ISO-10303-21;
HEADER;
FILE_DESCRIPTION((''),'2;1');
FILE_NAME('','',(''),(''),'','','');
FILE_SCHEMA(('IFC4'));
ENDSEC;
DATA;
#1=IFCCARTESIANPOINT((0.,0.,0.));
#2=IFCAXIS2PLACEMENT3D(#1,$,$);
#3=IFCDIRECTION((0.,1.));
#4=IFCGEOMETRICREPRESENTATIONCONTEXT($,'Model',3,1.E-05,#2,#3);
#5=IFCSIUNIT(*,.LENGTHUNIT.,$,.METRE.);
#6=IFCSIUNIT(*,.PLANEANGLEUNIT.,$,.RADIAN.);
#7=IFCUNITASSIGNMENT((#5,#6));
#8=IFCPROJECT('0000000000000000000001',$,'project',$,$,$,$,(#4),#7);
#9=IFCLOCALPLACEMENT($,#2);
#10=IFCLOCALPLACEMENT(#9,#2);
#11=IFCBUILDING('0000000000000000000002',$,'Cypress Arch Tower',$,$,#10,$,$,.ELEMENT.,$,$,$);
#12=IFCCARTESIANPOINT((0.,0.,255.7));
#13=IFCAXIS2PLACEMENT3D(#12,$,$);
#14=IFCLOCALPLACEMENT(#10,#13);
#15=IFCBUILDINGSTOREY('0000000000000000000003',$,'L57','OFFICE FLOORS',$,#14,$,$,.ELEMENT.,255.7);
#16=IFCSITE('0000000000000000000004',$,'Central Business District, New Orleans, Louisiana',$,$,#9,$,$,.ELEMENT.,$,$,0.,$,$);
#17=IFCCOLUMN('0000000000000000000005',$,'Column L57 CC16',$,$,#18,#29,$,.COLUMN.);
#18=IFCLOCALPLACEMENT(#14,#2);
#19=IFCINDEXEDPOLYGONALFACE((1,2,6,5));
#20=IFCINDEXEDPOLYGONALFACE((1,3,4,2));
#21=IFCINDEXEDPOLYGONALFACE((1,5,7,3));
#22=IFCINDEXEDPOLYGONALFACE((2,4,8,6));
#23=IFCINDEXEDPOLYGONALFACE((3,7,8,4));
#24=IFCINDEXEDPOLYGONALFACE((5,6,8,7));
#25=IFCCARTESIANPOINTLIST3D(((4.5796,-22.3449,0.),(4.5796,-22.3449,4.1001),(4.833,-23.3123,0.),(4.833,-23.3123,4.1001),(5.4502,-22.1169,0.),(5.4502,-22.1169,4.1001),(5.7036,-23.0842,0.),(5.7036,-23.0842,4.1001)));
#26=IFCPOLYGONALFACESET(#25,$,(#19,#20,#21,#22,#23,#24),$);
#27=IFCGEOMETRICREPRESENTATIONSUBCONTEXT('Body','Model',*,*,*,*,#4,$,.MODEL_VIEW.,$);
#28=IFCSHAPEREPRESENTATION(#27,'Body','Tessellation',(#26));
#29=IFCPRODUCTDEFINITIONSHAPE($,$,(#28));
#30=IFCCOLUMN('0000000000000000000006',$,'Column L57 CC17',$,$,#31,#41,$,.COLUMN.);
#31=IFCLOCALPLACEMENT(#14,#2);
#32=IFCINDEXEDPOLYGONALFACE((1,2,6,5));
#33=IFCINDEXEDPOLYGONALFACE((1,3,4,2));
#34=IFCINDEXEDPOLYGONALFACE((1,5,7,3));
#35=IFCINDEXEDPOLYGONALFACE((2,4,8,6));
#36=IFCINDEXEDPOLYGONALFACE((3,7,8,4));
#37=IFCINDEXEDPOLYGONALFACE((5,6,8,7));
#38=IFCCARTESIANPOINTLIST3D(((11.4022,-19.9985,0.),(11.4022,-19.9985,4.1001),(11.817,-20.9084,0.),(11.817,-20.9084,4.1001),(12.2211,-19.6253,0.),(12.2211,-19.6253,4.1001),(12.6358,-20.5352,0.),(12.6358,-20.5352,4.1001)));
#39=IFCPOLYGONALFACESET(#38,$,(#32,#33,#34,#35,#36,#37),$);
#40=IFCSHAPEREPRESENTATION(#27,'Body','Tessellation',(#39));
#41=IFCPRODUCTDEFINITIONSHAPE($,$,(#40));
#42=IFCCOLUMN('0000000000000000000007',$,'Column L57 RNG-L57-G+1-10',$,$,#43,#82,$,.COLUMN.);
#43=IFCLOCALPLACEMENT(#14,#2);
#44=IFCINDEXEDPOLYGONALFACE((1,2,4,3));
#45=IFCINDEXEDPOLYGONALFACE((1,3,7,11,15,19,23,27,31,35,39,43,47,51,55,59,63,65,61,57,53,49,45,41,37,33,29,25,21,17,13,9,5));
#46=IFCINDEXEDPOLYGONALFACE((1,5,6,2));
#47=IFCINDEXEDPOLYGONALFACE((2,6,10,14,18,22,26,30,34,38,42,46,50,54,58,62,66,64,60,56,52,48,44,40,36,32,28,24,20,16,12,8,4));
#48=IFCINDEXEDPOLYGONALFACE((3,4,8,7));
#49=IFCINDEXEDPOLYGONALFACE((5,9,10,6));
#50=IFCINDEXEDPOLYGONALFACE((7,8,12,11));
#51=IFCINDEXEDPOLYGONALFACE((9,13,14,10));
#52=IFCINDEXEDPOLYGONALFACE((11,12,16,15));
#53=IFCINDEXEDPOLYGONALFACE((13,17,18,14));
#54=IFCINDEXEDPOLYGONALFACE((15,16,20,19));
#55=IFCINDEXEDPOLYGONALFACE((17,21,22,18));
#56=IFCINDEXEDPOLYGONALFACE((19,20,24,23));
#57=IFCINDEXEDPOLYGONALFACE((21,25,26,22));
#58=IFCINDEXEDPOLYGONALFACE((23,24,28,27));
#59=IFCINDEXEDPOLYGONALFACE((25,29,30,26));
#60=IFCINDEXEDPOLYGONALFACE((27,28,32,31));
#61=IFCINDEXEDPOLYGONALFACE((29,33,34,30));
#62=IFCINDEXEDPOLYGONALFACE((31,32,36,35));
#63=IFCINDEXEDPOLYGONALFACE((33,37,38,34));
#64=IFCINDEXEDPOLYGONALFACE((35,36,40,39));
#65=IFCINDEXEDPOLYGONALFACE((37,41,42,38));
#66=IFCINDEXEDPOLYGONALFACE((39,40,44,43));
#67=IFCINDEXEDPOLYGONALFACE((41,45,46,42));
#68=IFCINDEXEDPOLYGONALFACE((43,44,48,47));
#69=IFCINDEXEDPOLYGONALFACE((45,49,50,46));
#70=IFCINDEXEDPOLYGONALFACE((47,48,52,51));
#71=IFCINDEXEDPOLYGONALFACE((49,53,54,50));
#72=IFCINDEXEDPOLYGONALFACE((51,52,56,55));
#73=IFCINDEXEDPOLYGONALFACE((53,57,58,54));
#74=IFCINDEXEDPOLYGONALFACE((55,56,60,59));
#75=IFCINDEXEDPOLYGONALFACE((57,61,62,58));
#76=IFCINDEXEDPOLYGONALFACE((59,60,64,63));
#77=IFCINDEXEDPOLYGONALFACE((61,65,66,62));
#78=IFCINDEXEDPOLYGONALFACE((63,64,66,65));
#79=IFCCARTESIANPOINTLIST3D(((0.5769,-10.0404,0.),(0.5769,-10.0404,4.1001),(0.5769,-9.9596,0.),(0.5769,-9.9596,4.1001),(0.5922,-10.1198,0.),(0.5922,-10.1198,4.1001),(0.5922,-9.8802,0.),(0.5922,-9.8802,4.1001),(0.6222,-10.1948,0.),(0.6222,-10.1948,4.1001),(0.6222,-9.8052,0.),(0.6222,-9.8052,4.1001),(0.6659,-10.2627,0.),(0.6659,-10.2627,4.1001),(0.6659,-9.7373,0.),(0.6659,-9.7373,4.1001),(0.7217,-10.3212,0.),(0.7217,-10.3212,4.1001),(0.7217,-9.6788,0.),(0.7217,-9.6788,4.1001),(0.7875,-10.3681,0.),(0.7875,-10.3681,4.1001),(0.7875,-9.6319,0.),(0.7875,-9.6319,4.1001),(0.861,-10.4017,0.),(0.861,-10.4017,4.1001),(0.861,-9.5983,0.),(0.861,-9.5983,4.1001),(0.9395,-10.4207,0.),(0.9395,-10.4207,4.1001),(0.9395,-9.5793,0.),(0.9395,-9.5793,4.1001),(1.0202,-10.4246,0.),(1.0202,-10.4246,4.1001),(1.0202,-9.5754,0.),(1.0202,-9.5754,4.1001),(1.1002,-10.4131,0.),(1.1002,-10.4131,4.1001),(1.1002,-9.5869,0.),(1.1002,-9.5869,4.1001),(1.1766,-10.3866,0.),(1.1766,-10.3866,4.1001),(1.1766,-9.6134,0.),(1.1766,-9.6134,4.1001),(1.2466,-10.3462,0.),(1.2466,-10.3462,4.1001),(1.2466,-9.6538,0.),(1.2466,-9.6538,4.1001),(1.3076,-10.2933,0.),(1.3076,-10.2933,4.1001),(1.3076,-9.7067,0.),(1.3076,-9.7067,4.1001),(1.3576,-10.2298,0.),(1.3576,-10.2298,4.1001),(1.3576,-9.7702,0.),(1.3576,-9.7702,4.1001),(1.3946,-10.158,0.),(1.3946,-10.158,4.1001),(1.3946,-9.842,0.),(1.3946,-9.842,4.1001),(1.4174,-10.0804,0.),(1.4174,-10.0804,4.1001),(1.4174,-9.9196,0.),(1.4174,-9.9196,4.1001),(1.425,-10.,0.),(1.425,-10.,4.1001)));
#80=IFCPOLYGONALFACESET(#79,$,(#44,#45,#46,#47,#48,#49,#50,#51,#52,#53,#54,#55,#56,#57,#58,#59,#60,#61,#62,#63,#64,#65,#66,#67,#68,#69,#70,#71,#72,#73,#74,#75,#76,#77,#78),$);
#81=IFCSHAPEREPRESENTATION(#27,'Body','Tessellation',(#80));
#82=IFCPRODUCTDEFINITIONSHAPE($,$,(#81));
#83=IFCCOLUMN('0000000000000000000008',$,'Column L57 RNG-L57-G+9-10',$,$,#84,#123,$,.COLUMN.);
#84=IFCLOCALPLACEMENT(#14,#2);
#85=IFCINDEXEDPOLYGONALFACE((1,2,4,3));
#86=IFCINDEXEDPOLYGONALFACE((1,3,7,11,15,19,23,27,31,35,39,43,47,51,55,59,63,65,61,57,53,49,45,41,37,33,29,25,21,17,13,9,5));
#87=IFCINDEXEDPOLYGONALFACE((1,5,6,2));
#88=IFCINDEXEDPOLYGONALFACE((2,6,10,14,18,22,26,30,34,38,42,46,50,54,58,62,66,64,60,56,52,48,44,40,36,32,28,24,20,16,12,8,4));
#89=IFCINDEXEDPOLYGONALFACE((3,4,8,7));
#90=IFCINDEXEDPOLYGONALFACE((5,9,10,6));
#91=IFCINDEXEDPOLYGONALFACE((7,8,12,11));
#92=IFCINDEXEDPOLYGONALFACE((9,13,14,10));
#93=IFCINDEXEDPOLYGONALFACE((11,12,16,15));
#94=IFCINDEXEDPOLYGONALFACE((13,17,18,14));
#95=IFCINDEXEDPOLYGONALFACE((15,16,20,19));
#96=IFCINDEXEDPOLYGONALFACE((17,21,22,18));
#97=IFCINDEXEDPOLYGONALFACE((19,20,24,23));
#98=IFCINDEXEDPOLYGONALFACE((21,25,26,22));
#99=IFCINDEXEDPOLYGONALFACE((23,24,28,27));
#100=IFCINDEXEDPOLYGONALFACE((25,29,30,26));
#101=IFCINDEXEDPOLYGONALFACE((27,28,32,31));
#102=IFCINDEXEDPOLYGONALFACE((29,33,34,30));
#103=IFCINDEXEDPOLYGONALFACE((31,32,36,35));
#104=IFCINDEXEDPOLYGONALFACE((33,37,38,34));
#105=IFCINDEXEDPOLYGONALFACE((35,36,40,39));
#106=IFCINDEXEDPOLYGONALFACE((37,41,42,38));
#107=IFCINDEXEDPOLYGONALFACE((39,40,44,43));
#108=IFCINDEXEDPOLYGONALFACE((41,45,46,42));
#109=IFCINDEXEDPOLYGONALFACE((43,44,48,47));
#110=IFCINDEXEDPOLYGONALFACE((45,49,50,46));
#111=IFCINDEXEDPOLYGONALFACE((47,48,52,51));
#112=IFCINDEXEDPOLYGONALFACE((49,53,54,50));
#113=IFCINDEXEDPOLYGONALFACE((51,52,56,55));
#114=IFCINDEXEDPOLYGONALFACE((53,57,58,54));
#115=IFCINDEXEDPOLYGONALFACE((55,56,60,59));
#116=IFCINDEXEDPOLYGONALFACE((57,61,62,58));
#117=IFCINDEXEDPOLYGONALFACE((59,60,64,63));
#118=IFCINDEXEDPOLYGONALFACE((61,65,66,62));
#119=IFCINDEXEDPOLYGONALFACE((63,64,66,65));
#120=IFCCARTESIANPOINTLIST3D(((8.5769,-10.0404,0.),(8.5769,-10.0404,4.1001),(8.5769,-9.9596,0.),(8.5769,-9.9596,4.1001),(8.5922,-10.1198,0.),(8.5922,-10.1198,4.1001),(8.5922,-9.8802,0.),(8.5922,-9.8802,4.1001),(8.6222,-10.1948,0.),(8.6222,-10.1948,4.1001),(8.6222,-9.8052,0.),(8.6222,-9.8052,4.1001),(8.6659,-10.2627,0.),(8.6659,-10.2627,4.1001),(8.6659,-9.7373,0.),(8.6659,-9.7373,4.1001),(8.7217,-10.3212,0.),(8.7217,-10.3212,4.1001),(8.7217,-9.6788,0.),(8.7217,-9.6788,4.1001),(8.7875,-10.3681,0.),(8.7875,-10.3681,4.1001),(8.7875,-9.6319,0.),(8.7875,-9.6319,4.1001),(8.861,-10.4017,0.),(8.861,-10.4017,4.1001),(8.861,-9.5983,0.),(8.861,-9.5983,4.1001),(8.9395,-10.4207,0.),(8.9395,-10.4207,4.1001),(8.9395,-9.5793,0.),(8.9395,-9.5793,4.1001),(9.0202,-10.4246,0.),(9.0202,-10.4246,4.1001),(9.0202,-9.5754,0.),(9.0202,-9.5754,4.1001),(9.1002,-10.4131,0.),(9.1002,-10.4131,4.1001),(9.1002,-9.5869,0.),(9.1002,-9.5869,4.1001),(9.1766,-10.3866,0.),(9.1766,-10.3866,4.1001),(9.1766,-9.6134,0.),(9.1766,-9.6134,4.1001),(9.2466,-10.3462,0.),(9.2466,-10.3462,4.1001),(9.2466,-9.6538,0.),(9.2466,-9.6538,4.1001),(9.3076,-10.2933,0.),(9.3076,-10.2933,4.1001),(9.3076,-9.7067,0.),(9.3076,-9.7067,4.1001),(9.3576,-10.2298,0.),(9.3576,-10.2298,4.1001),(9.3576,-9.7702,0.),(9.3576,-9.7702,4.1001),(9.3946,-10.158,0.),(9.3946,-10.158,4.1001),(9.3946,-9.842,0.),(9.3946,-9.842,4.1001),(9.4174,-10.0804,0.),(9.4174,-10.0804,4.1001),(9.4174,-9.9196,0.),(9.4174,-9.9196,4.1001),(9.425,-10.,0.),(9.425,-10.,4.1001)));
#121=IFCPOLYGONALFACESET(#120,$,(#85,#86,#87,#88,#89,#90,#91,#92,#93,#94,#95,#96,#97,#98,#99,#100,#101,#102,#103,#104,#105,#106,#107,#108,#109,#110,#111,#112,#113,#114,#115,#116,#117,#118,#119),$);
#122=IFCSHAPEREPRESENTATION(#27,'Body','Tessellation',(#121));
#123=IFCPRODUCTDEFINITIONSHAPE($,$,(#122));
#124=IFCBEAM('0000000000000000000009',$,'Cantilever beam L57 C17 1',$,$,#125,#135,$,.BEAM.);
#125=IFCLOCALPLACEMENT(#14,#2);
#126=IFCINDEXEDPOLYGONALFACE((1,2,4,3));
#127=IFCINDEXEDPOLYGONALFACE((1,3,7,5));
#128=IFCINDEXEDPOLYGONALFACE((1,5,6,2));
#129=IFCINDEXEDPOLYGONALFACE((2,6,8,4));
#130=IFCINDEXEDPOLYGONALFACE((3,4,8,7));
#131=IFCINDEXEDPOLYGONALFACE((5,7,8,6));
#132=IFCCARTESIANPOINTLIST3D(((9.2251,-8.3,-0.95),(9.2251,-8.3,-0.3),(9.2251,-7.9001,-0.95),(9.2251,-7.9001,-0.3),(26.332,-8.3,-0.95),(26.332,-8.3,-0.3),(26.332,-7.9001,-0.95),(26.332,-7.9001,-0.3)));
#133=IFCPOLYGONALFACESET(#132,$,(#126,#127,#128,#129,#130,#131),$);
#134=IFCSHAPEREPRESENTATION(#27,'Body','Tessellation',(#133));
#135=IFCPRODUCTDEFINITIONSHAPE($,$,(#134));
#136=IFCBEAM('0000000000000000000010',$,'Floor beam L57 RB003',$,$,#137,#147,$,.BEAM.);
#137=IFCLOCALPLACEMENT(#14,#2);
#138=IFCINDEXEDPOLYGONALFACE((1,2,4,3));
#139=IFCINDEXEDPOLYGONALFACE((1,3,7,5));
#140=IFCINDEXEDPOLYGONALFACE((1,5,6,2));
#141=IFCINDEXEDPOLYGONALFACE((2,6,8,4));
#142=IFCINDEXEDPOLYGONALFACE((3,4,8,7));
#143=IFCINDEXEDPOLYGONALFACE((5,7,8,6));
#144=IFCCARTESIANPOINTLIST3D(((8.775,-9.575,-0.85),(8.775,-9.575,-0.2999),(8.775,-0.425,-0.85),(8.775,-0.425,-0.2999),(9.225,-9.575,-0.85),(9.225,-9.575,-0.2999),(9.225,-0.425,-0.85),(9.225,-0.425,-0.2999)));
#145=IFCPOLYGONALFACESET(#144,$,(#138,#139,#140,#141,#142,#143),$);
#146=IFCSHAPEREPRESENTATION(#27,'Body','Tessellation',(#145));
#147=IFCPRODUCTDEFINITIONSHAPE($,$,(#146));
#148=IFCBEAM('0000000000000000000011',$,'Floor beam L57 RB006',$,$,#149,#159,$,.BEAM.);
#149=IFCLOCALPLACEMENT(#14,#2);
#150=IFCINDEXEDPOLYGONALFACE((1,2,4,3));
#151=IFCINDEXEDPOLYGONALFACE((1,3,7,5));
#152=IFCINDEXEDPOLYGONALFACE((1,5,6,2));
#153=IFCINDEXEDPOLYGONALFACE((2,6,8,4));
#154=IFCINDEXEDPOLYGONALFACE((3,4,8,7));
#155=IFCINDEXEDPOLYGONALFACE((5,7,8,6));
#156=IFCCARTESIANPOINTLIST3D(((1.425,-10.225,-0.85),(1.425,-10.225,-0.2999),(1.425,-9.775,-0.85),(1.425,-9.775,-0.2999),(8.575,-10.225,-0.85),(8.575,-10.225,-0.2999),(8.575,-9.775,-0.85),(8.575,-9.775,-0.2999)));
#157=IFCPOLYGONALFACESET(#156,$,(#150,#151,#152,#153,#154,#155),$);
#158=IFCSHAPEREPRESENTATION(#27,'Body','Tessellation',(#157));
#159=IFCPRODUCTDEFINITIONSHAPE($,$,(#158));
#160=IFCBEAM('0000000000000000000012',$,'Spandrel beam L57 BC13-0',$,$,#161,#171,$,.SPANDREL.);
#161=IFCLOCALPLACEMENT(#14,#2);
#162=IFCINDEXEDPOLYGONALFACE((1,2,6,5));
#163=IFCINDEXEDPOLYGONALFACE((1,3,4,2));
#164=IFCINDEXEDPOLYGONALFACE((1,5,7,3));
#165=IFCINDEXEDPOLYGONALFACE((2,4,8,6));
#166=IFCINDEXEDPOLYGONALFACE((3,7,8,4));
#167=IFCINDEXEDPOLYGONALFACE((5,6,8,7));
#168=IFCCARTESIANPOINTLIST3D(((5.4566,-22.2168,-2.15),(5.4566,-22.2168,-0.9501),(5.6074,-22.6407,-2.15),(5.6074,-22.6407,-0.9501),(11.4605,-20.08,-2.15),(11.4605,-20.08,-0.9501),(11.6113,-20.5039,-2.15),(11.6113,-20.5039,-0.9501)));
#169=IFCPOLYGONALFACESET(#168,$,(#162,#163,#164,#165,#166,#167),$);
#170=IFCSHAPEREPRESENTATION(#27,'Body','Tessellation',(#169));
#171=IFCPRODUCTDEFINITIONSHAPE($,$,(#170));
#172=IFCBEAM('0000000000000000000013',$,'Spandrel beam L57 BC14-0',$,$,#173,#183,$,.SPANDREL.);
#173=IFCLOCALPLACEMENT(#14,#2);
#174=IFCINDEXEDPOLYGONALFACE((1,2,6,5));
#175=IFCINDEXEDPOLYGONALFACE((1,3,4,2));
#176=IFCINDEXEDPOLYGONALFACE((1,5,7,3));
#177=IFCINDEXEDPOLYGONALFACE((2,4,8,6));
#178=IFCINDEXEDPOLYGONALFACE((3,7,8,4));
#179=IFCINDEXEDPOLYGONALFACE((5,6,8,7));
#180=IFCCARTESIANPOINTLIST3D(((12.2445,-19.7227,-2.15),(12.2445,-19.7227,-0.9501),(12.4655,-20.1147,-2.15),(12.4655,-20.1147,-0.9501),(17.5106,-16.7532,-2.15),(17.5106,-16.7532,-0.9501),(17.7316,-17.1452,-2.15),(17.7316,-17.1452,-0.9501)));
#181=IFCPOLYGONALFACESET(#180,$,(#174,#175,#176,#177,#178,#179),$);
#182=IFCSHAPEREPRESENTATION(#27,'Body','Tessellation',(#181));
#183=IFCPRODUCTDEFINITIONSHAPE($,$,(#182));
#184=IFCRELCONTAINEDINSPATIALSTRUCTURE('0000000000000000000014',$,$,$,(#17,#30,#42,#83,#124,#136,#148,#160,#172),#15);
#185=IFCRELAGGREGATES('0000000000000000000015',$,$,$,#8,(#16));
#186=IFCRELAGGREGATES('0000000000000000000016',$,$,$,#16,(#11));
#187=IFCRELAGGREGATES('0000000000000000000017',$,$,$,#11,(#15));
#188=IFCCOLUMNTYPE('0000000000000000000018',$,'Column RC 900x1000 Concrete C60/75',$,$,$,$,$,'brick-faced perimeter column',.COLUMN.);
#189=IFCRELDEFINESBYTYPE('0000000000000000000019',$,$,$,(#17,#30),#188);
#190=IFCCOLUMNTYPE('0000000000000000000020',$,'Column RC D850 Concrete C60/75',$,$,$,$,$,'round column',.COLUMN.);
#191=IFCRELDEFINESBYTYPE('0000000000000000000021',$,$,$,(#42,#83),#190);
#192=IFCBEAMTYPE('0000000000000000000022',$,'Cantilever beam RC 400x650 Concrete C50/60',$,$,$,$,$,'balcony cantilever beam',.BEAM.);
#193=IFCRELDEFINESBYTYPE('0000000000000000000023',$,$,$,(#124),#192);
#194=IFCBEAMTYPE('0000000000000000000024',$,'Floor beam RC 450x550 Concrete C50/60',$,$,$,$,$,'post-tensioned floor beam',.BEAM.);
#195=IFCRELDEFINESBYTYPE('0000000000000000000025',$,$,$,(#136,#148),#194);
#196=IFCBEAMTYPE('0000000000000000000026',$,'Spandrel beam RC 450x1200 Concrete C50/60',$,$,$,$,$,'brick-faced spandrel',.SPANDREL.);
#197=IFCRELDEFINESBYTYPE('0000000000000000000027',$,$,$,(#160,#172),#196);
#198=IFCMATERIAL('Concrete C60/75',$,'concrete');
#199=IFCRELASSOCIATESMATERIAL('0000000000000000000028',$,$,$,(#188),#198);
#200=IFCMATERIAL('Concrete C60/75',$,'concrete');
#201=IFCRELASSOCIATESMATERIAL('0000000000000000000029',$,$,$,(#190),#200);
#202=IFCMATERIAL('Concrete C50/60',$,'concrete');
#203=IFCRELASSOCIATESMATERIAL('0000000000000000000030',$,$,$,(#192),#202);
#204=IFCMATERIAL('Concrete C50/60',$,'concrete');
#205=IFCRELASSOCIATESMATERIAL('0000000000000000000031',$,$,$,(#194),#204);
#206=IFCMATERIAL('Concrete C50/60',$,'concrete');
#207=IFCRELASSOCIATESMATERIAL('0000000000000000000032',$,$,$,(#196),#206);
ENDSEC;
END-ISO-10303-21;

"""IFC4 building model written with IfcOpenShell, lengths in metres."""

from ifc_helpers import new_model, si_unit, direction, frame, origin, origin_2d, place, context, subcontext, project, spatial, rectangle, circle, extrude, material, material_profile, profile_set, type_object, element, save


model = new_model("IFC4")

# Units and contexts
model_context = context("Model", 3, precision=1e-05, world=origin(), true_north=direction((0.0, 1.0)))
body_context = subcontext(model_context, "Body", "Model", "MODEL_VIEW")
ifc_project = project(units=[si_unit("LENGTHUNIT", "METRE"), si_unit("PLANEANGLEUNIT", "RADIAN")], contexts=[model_context])

# Site, building, storey
site_placement = place(None, origin())
site = spatial("IfcSite", under=ifc_project, at=site_placement, Name="Central Business District, New Orleans, Louisiana", CompositionType="ELEMENT", RefElevation=0.0)
building_placement = place(site_placement, origin())
building = spatial("IfcBuilding", under=site, at=building_placement, Name="Cypress Arch Tower", CompositionType="ELEMENT")
storey_placement = place(building_placement, frame((0.0, 0.0, 255.7)))
storey = spatial("IfcBuildingStorey", under=building, at=storey_placement, Name="L57", Description="OFFICE FLOORS", CompositionType="ELEMENT", Elevation=255.7)

# Columns
ifc_material_1 = material(Name="Concrete C60/75", Category="concrete")
ifc_material_profile_1 = material_profile(ifc_material_1, rectangle(XDim=0.8999, YDim=1.0, at=origin_2d()), Name="RC 900x1000")
ifc_profile_set_1 = profile_set([ifc_material_profile_1], Name="Concrete C60/75")
column_type_1 = type_object("IfcColumnType", Name="Column RC 900x1000 Concrete C60/75", ElementType="brick-faced perimeter column", PredefinedType="COLUMN", material=ifc_profile_set_1)
for number, where, z_axis, x_axis, name in (
    (1, (5.1416, -22.7146, 0.0), (0.0, 0.0, 1.0), (0.967356, 0.253422, 0.0), "Column L57 CC16"),
    (2, (12.019, -20.2668, 0.0), (0.0, 0.0, 1.0), (0.909932, 0.414757, 0.0), "Column L57 CC17"),
):
    element("IfcColumn", number, at=place(storey_placement, frame(where, z_axis=z_axis, x_axis=x_axis)), inside=storey, type_object=column_type_1, Name=name, PredefinedType="COLUMN", context=body_context, shape_type="SweptSolid", body=[
        extrude(rectangle(XDim=0.8999, YDim=1.0, at=origin_2d()), origin(), (0.0, 0.0, 1.0), 4.1001),
    ])
ifc_material_2 = material(Name="Concrete C60/75", Category="concrete")
ifc_material_profile_2 = material_profile(ifc_material_2, circle(Radius=0.425, at=origin_2d()), Name="RC D850")
ifc_profile_set_2 = profile_set([ifc_material_profile_2], Name="Concrete C60/75")
column_type_2 = type_object("IfcColumnType", Name="Column RC D850 Concrete C60/75", ElementType="round column", PredefinedType="COLUMN", material=ifc_profile_set_2)
for number, where, z_axis, x_axis, name in (
    (3, (1.0, -10.0, 0.0), (0.0, 0.0, 1.0), (1.0, 0.0, 0.0), "Column L57 RNG-L57-G+1-10"),
    (4, (9.0, -10.0, 0.0), (0.0, 0.0, 1.0), (1.0, 0.0, 0.0), "Column L57 RNG-L57-G+9-10"),
):
    element("IfcColumn", number, at=place(storey_placement, frame(where, z_axis=z_axis, x_axis=x_axis)), inside=storey, type_object=column_type_2, Name=name, PredefinedType="COLUMN", context=body_context, shape_type="SweptSolid", body=[
        extrude(circle(Radius=0.425, at=origin_2d()), origin(), (0.0, 0.0, 1.0), 4.1001),
    ])

# Beams
ifc_material_3 = material(Name="Concrete C50/60", Category="concrete")
ifc_material_profile_3 = material_profile(ifc_material_3, rectangle(XDim=0.3999, YDim=0.6499, at=origin_2d()), Name="RC 400x650")
ifc_profile_set_3 = profile_set([ifc_material_profile_3], Name="Concrete C50/60")
beam_type_1 = type_object("IfcBeamType", Name="Cantilever beam RC 400x650 Concrete C50/60", ElementType="balcony cantilever beam", PredefinedType="BEAM", material=ifc_profile_set_3)
beam_1_placement = place(storey_placement, frame((9.2251, -8.1001, -0.625), z_axis=(1.0, 0.0, 0.0), x_axis=(0.0, 1.0, 0.0)))
element("IfcBeam", 5, at=beam_1_placement, inside=storey, type_object=beam_type_1, Name="Cantilever beam L57 C17 1", PredefinedType="BEAM", context=body_context, shape_type="SweptSolid", body=[
    extrude(rectangle(XDim=0.3999, YDim=0.6499, at=origin_2d()), origin(), (0.0, 0.0, 1.0), 17.1069),
])
ifc_material_4 = material(Name="Concrete C50/60", Category="concrete")
ifc_material_profile_4 = material_profile(ifc_material_4, rectangle(XDim=0.45, YDim=0.55, at=origin_2d()), Name="RC 450x550")
ifc_profile_set_4 = profile_set([ifc_material_profile_4], Name="Concrete C50/60")
beam_type_2 = type_object("IfcBeamType", Name="Floor beam RC 450x550 Concrete C50/60", ElementType="post-tensioned floor beam", PredefinedType="BEAM", material=ifc_profile_set_4)
beam_2_placement = place(storey_placement, frame((9.0, -9.575, -0.575), z_axis=(0.0, 1.0, 0.0), x_axis=(-1.0, 0.0, 0.0)))
element("IfcBeam", 6, at=beam_2_placement, inside=storey, type_object=beam_type_2, Name="Floor beam L57 RB003", PredefinedType="BEAM", context=body_context, shape_type="SweptSolid", body=[
    extrude(rectangle(XDim=0.45, YDim=0.55, at=origin_2d()), origin(), (0.0, 0.0, 1.0), 9.1499),
])
beam_3_placement = place(storey_placement, frame((1.425, -10.0, -0.575), z_axis=(1.0, 0.0, 0.0), x_axis=(0.0, 1.0, 0.0)))
element("IfcBeam", 7, at=beam_3_placement, inside=storey, type_object=beam_type_2, Name="Floor beam L57 RB006", PredefinedType="BEAM", context=body_context, shape_type="SweptSolid", body=[
    extrude(rectangle(XDim=0.45, YDim=0.55, at=origin_2d()), origin(), (0.0, 0.0, 1.0), 7.1499),
])
ifc_material_5 = material(Name="Concrete C50/60", Category="concrete")
ifc_material_profile_5 = material_profile(ifc_material_5, rectangle(XDim=0.45, YDim=1.2, at=origin_2d()), Name="RC 450x1200")
ifc_profile_set_5 = profile_set([ifc_material_profile_5], Name="Concrete C50/60")
beam_type_3 = type_object("IfcBeamType", Name="Spandrel beam RC 450x1200 Concrete C50/60", ElementType="brick-faced spandrel", PredefinedType="SPANDREL", material=ifc_profile_set_5)
beam_4_placement = place(storey_placement, frame((5.532, -22.4287, -1.55), z_axis=(0.942116, 0.335288, 0.0), x_axis=(-0.335288, 0.942116, 0.0)))
element("IfcBeam", 8, at=beam_4_placement, inside=storey, type_object=beam_type_3, Name="Spandrel beam L57 BC13-0", PredefinedType="SPANDREL", context=body_context, shape_type="SweptSolid", body=[
    extrude(rectangle(XDim=0.45, YDim=1.2, at=origin_2d()), origin(), (0.0, 0.0, 1.0), 6.3728),
])
beam_5_placement = place(storey_placement, frame((12.355, -19.9187, -1.55), z_axis=(0.87106, 0.491177, 0.0), x_axis=(-0.491177, 0.87106, 0.0)))
element("IfcBeam", 9, at=beam_5_placement, inside=storey, type_object=beam_type_3, Name="Spandrel beam L57 BC14-0", PredefinedType="SPANDREL", context=body_context, shape_type="SweptSolid", body=[
    extrude(rectangle(XDim=0.45, YDim=1.2, at=origin_2d()), origin(), (0.0, 0.0, 1.0), 6.0457),
])

save(model, "model.ifc")
